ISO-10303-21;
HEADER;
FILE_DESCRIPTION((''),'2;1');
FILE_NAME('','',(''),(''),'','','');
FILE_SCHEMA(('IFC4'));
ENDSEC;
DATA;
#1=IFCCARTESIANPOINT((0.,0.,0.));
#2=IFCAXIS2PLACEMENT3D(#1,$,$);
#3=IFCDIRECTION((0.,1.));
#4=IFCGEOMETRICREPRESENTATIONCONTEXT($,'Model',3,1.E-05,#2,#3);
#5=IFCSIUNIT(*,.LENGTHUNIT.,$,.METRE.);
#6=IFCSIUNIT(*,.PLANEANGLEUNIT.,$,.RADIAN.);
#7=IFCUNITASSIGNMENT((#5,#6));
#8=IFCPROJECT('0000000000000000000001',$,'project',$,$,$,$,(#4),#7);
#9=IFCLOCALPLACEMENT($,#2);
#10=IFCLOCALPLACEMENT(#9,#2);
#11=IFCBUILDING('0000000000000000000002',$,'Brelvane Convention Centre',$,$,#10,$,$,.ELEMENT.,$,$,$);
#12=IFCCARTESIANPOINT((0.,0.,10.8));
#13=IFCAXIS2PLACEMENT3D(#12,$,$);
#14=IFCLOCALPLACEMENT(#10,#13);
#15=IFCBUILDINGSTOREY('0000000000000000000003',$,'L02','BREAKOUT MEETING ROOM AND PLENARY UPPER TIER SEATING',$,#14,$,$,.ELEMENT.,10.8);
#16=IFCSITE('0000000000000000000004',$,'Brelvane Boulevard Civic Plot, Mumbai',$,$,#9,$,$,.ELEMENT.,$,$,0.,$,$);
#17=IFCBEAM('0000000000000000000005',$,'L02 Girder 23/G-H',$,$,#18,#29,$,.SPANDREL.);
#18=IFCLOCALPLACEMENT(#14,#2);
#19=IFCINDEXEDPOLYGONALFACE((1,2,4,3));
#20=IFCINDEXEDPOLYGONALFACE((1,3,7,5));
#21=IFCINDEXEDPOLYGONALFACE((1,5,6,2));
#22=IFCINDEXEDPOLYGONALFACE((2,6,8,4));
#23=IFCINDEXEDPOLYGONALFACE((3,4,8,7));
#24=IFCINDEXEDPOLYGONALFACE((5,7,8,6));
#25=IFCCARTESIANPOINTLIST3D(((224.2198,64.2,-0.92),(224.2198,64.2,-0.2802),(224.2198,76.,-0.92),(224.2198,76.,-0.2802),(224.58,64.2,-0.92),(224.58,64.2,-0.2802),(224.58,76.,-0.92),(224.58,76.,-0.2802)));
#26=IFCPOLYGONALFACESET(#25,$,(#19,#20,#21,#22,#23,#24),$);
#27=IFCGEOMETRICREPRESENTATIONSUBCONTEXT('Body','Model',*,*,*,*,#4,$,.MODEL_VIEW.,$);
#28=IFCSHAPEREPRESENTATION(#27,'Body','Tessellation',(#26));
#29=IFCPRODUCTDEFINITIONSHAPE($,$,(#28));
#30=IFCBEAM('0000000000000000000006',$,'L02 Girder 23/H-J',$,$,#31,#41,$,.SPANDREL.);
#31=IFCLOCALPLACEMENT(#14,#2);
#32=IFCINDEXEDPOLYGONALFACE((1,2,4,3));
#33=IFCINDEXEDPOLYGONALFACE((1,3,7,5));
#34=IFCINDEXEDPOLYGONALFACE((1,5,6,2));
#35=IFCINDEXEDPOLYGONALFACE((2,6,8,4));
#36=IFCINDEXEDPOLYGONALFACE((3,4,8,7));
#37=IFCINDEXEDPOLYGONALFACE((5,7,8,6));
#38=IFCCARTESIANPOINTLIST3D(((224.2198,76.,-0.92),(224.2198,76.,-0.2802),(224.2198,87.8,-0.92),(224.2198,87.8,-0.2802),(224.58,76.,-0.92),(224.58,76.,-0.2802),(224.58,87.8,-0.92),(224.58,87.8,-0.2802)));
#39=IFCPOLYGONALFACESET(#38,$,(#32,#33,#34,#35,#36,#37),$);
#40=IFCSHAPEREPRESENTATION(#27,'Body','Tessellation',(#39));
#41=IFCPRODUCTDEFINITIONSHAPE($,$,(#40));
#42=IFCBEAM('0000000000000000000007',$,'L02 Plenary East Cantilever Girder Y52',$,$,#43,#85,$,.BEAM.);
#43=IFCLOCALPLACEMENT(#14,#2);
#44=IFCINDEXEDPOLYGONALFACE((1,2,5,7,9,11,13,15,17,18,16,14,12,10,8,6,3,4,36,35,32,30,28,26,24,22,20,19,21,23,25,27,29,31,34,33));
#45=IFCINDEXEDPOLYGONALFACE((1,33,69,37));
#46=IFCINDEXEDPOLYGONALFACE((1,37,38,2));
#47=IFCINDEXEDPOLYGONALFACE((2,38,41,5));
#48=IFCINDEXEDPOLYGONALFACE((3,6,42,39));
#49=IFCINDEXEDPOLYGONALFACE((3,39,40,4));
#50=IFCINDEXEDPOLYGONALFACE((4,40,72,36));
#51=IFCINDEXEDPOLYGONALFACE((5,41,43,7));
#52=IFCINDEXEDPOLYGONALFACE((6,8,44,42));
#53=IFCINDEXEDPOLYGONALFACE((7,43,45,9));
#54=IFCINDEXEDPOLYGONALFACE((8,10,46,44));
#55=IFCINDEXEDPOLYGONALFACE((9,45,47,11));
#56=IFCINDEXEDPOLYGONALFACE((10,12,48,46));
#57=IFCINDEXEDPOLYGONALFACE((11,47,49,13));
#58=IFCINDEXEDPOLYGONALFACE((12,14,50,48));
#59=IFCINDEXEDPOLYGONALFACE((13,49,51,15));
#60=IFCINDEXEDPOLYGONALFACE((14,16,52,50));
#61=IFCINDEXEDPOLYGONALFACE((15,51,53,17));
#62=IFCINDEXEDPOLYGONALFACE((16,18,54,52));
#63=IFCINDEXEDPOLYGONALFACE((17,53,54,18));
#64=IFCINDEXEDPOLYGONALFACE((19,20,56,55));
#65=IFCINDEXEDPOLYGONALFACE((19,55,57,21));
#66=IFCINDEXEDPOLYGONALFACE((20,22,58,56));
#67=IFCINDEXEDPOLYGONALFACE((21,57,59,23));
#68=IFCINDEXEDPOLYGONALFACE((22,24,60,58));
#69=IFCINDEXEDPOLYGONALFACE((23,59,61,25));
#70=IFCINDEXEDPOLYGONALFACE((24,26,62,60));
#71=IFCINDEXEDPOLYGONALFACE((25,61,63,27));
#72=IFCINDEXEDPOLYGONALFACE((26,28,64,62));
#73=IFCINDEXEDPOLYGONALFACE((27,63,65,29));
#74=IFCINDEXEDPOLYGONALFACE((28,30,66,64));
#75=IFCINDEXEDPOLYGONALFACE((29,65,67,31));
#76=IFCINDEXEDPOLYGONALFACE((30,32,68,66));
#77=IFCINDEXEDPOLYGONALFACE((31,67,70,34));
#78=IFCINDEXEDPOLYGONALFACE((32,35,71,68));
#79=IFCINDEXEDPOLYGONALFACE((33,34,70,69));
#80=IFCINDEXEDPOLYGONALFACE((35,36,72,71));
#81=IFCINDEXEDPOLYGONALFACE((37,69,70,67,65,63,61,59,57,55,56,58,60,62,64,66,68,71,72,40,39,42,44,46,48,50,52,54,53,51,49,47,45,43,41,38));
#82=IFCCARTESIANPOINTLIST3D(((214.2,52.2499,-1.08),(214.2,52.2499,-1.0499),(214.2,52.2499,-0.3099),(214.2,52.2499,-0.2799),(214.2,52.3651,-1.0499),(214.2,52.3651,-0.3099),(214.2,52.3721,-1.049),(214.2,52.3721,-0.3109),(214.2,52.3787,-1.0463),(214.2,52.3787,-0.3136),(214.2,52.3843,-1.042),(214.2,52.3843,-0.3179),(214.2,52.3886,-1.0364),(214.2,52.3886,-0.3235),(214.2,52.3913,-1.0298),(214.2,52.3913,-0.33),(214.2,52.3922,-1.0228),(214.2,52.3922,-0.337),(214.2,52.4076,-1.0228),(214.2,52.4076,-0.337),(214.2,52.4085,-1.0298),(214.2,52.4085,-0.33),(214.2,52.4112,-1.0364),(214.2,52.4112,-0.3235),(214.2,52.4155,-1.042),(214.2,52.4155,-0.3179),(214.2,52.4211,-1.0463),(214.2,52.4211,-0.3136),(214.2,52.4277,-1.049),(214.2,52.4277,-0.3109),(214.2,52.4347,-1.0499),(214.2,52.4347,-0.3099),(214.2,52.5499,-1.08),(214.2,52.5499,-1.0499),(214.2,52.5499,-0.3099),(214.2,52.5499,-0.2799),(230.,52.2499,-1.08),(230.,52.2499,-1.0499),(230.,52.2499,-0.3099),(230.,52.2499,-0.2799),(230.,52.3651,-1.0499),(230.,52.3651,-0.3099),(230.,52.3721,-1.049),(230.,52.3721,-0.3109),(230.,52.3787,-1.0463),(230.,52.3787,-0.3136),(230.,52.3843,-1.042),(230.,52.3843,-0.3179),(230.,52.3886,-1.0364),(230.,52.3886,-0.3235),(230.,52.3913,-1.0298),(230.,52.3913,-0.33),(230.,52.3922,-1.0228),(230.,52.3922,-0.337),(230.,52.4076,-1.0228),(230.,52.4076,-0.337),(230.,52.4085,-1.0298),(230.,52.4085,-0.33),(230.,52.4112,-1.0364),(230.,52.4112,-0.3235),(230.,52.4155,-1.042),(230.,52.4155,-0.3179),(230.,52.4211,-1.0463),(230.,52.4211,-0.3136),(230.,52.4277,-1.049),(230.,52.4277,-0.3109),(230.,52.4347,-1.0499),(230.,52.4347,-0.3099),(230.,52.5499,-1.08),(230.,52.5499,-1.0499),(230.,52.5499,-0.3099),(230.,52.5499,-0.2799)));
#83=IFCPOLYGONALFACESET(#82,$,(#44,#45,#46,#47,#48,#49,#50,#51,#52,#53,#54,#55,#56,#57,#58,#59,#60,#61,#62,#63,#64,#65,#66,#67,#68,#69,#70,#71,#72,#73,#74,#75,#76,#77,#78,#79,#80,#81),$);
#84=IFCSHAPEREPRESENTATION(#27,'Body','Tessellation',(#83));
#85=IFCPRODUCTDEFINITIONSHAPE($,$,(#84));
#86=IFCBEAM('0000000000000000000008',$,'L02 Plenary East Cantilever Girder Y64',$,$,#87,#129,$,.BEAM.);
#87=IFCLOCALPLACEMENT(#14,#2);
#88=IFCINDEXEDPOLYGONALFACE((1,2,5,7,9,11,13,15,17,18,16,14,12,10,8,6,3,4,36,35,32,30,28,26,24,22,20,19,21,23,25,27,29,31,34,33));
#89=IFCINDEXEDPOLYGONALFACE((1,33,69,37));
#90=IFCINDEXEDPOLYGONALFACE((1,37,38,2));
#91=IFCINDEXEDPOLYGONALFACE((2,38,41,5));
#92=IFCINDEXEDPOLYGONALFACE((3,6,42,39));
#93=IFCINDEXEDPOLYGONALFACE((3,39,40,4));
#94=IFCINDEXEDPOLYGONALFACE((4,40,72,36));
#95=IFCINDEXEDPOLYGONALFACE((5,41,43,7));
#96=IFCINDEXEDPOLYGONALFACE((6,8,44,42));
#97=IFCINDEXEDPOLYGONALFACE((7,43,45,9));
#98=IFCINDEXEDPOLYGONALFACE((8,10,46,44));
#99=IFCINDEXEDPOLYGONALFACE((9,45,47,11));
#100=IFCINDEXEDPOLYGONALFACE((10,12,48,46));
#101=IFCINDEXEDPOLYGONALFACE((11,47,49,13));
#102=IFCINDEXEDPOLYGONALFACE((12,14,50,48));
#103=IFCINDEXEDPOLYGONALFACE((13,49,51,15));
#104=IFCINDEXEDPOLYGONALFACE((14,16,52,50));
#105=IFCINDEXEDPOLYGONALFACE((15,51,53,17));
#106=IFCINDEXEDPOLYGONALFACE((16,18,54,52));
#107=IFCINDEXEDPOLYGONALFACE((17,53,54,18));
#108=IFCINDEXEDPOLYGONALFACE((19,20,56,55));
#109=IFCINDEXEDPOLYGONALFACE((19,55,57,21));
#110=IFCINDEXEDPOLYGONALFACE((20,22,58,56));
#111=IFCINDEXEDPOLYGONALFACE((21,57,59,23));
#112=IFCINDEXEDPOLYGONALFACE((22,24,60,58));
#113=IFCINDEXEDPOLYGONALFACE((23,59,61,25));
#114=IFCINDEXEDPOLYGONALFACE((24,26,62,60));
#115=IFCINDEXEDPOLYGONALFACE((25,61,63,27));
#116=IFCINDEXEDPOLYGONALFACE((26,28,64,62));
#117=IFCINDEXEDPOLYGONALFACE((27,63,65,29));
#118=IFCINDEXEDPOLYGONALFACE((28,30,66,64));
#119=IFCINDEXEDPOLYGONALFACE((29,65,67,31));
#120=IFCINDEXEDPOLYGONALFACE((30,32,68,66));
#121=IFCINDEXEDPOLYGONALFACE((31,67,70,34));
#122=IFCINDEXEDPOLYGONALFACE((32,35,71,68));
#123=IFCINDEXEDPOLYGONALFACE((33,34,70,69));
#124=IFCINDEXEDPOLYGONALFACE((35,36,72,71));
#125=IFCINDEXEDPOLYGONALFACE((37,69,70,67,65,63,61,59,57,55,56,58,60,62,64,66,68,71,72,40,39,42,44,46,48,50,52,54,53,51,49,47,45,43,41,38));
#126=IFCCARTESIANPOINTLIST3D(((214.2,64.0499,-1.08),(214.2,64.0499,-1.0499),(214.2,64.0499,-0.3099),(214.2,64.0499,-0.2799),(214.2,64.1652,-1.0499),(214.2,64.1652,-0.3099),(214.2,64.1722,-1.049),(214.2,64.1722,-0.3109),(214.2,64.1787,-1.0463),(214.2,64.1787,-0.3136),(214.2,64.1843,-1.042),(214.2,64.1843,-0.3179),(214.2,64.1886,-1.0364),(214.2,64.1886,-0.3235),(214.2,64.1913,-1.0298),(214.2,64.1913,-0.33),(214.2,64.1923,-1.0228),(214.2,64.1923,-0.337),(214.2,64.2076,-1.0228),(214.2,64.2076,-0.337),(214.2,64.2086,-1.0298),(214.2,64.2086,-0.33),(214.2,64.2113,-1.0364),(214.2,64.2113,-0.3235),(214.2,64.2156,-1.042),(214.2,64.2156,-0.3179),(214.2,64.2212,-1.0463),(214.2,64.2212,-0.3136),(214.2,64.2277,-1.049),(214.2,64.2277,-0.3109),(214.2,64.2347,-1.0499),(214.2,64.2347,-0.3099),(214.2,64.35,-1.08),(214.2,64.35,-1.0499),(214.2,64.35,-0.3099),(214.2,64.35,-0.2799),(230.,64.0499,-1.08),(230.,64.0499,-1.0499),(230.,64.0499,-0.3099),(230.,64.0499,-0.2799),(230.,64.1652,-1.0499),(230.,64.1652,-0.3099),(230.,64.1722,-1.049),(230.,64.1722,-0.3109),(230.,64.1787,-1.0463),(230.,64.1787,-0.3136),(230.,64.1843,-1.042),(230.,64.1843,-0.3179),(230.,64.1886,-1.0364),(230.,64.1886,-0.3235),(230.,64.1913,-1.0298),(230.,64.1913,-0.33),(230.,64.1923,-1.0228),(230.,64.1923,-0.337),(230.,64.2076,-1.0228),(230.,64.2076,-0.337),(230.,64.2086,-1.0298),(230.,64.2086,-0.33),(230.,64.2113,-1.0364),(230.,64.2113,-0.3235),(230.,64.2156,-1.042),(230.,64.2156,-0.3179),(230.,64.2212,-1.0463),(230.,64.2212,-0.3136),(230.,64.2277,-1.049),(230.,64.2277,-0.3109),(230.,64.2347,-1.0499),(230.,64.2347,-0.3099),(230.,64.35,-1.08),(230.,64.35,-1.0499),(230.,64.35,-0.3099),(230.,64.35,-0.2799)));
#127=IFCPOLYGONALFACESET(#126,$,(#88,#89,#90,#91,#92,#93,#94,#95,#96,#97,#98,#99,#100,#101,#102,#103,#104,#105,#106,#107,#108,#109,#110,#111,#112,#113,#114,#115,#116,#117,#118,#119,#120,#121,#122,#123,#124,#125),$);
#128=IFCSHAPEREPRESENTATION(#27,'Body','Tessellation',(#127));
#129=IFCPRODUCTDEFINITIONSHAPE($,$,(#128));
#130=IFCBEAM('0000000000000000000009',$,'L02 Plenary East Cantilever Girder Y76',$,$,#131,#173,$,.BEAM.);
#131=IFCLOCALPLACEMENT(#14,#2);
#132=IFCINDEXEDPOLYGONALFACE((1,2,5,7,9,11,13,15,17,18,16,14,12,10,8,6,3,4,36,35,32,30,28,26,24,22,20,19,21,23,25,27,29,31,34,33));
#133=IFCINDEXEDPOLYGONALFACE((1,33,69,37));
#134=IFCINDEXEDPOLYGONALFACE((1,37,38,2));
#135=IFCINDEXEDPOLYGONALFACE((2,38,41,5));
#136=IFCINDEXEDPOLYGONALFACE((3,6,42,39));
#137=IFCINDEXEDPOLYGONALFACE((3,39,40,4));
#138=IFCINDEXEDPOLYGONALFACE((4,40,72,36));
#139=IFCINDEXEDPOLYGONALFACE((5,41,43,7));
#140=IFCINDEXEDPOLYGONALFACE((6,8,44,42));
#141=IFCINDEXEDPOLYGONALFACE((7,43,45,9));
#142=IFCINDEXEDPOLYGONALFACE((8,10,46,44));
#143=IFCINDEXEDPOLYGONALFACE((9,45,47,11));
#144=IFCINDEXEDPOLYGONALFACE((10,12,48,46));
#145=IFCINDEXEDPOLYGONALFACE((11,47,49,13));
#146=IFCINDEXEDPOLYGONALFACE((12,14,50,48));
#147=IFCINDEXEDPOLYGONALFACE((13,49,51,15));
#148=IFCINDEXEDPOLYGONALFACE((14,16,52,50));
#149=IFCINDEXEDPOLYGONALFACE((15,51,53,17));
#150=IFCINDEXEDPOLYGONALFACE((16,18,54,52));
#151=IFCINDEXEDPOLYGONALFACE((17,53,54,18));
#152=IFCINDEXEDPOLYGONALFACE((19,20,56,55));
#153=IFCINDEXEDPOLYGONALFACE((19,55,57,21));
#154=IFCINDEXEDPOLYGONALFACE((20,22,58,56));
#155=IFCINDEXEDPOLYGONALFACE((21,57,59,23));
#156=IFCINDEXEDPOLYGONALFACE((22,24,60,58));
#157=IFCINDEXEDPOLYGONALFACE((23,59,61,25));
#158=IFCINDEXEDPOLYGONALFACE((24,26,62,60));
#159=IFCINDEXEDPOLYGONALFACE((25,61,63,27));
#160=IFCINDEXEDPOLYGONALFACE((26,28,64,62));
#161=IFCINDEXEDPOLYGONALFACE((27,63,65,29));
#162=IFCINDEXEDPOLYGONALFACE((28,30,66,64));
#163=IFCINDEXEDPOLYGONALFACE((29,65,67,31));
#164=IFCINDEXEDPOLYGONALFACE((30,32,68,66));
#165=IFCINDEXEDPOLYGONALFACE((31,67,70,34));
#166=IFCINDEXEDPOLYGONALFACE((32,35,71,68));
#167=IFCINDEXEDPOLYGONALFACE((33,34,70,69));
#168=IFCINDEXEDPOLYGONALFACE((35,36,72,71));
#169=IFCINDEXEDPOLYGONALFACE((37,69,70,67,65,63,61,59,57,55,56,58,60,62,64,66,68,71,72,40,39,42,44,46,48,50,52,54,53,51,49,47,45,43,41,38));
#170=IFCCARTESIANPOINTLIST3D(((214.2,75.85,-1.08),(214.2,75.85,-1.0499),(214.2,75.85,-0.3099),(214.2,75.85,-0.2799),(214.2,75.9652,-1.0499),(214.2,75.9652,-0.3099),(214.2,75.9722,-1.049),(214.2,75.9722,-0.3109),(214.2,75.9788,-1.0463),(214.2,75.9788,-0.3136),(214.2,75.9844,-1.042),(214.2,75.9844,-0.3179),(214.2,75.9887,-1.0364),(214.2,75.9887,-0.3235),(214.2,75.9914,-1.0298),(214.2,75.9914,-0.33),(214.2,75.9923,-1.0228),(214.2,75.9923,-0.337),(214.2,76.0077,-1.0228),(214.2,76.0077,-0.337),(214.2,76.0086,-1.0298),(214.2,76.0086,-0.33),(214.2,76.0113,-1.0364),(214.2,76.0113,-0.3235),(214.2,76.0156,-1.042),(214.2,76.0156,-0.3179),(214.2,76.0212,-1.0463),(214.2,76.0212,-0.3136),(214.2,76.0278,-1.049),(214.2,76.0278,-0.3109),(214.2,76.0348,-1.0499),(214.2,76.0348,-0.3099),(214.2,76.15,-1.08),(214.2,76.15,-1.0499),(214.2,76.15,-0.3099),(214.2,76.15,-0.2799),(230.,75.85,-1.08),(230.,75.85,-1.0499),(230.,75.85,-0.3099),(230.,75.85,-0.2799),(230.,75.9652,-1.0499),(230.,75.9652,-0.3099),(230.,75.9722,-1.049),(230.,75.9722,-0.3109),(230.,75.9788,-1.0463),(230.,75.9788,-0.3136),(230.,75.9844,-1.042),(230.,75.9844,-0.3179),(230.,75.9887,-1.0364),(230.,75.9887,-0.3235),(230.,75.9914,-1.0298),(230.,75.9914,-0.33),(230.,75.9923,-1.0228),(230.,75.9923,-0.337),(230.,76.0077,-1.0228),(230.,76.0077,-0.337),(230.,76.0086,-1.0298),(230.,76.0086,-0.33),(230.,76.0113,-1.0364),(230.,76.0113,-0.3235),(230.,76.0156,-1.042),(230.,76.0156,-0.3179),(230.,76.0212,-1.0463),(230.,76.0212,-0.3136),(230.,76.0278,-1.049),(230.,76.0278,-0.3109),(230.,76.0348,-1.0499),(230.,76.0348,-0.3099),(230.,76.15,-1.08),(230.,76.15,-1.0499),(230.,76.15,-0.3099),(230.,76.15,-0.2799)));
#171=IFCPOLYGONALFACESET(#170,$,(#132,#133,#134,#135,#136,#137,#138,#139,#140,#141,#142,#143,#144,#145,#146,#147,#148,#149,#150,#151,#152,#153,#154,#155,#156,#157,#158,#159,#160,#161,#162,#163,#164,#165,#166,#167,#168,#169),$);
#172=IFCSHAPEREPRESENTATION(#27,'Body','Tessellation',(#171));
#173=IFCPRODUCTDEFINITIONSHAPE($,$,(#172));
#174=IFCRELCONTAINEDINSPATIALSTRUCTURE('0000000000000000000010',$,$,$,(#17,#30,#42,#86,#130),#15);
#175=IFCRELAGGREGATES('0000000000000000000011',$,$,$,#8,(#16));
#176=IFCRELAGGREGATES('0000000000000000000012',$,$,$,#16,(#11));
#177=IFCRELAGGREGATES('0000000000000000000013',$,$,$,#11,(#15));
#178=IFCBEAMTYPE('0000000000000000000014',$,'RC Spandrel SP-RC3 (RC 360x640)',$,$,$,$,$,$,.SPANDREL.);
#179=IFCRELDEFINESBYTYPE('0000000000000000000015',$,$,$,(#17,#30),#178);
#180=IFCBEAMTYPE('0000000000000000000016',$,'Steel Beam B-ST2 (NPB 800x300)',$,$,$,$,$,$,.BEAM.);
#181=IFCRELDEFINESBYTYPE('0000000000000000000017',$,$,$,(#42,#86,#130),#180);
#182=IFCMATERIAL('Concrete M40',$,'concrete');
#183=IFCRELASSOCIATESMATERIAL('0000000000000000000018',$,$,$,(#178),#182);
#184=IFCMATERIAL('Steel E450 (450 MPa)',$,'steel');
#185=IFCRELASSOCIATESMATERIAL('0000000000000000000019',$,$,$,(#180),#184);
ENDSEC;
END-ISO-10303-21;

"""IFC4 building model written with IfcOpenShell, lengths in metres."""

from ifc_helpers import new_model, si_unit, direction, frame, origin, origin_2d, place, context, subcontext, project, spatial, rectangle, i_section, extrude, material, material_profile, profile_set, type_object, element, save


model = new_model("IFC4")

# Units and contexts
model_context = context("Model", 3, precision=1e-05, world=origin(), true_north=direction((0.0, 1.0)))
body_context = subcontext(model_context, "Body", "Model", "MODEL_VIEW")
ifc_project = project(units=[si_unit("LENGTHUNIT", "METRE"), si_unit("PLANEANGLEUNIT", "RADIAN")], contexts=[model_context])

# Site, building, storey
site_placement = place(None, origin())
site = spatial("IfcSite", under=ifc_project, at=site_placement, Name="Brelvane Boulevard Civic Plot, Mumbai", CompositionType="ELEMENT", RefElevation=0.0)
building_placement = place(site_placement, origin())
building = spatial("IfcBuilding", under=site, at=building_placement, Name="Brelvane Convention Centre", CompositionType="ELEMENT")
storey_placement = place(building_placement, frame((0.0, 0.0, 10.8)))
storey = spatial("IfcBuildingStorey", under=building, at=storey_placement, Name="L02", Description="BREAKOUT MEETING ROOM AND PLENARY UPPER TIER SEATING", CompositionType="ELEMENT", Elevation=10.8)

# Beams
ifc_material_1 = material(Name="Concrete M40", Category="concrete")
ifc_material_profile_1 = material_profile(ifc_material_1, rectangle(XDim=0.3601, YDim=0.6399, at=origin_2d()), Name="RC 360x640")
ifc_profile_set_1 = profile_set([ifc_material_profile_1], Name="Concrete M40")
beam_type_1 = type_object("IfcBeamType", Name="RC Spandrel SP-RC3 (RC 360x640)", PredefinedType="SPANDREL", material=ifc_profile_set_1)
for number, where, z_axis, x_axis, name in (
    (1, (224.3999, 64.2, -0.6001), (0.0, 1.0, 0.0), (-1.0, 0.0, 0.0), "L02 Girder 23/G-H"),
    (2, (224.3999, 76.0, -0.6001), (0.0, 1.0, 0.0), (-1.0, 0.0, 0.0), "L02 Girder 23/H-J"),
):
    element("IfcBeam", number, at=place(storey_placement, frame(where, z_axis=z_axis, x_axis=x_axis)), inside=storey, type_object=beam_type_1, Name=name, PredefinedType="SPANDREL", context=body_context, shape_type="SweptSolid", body=[
        extrude(rectangle(XDim=0.3601, YDim=0.6399, at=origin_2d()), origin(), (0.0, 0.0, 1.0), 11.8),
    ])
ifc_material_2 = material(Name="Steel E450 (450 MPa)", Category="steel")
ifc_material_profile_2 = material_profile(ifc_material_2, i_section(OverallWidth=0.3, OverallDepth=0.8, WebThickness=0.0154, FlangeThickness=0.03, FilletRadius=0.0271, at=origin_2d()), Name="NPB 800x300")
ifc_profile_set_2 = profile_set([ifc_material_profile_2], Name="Steel E450 (450 MPa)")
beam_type_2 = type_object("IfcBeamType", Name="Steel Beam B-ST2 (NPB 800x300)", PredefinedType="BEAM", material=ifc_profile_set_2)
for number, where, z_axis, x_axis, name in (
    (3, (214.2, 52.3999, -0.6799), (1.0, 0.0, 0.0), (0.0, 1.0, 0.0), "L02 Plenary East Cantilever Girder Y52"),
    (4, (214.2, 64.2, -0.6799), (1.0, 0.0, 0.0), (0.0, 1.0, 0.0), "L02 Plenary East Cantilever Girder Y64"),
    (5, (214.2, 76.0, -0.6799), (1.0, 0.0, 0.0), (0.0, 1.0, 0.0), "L02 Plenary East Cantilever Girder Y76"),
):
    element("IfcBeam", number, at=place(storey_placement, frame(where, z_axis=z_axis, x_axis=x_axis)), inside=storey, type_object=beam_type_2, Name=name, PredefinedType="BEAM", context=body_context, shape_type="SweptSolid", body=[
        extrude(i_section(OverallWidth=0.3, OverallDepth=0.8, WebThickness=0.0154, FlangeThickness=0.03, FilletRadius=0.0271, at=origin_2d()), origin(), (0.0, 0.0, 1.0), 15.8),
    ])

save(model, "model.ifc")
